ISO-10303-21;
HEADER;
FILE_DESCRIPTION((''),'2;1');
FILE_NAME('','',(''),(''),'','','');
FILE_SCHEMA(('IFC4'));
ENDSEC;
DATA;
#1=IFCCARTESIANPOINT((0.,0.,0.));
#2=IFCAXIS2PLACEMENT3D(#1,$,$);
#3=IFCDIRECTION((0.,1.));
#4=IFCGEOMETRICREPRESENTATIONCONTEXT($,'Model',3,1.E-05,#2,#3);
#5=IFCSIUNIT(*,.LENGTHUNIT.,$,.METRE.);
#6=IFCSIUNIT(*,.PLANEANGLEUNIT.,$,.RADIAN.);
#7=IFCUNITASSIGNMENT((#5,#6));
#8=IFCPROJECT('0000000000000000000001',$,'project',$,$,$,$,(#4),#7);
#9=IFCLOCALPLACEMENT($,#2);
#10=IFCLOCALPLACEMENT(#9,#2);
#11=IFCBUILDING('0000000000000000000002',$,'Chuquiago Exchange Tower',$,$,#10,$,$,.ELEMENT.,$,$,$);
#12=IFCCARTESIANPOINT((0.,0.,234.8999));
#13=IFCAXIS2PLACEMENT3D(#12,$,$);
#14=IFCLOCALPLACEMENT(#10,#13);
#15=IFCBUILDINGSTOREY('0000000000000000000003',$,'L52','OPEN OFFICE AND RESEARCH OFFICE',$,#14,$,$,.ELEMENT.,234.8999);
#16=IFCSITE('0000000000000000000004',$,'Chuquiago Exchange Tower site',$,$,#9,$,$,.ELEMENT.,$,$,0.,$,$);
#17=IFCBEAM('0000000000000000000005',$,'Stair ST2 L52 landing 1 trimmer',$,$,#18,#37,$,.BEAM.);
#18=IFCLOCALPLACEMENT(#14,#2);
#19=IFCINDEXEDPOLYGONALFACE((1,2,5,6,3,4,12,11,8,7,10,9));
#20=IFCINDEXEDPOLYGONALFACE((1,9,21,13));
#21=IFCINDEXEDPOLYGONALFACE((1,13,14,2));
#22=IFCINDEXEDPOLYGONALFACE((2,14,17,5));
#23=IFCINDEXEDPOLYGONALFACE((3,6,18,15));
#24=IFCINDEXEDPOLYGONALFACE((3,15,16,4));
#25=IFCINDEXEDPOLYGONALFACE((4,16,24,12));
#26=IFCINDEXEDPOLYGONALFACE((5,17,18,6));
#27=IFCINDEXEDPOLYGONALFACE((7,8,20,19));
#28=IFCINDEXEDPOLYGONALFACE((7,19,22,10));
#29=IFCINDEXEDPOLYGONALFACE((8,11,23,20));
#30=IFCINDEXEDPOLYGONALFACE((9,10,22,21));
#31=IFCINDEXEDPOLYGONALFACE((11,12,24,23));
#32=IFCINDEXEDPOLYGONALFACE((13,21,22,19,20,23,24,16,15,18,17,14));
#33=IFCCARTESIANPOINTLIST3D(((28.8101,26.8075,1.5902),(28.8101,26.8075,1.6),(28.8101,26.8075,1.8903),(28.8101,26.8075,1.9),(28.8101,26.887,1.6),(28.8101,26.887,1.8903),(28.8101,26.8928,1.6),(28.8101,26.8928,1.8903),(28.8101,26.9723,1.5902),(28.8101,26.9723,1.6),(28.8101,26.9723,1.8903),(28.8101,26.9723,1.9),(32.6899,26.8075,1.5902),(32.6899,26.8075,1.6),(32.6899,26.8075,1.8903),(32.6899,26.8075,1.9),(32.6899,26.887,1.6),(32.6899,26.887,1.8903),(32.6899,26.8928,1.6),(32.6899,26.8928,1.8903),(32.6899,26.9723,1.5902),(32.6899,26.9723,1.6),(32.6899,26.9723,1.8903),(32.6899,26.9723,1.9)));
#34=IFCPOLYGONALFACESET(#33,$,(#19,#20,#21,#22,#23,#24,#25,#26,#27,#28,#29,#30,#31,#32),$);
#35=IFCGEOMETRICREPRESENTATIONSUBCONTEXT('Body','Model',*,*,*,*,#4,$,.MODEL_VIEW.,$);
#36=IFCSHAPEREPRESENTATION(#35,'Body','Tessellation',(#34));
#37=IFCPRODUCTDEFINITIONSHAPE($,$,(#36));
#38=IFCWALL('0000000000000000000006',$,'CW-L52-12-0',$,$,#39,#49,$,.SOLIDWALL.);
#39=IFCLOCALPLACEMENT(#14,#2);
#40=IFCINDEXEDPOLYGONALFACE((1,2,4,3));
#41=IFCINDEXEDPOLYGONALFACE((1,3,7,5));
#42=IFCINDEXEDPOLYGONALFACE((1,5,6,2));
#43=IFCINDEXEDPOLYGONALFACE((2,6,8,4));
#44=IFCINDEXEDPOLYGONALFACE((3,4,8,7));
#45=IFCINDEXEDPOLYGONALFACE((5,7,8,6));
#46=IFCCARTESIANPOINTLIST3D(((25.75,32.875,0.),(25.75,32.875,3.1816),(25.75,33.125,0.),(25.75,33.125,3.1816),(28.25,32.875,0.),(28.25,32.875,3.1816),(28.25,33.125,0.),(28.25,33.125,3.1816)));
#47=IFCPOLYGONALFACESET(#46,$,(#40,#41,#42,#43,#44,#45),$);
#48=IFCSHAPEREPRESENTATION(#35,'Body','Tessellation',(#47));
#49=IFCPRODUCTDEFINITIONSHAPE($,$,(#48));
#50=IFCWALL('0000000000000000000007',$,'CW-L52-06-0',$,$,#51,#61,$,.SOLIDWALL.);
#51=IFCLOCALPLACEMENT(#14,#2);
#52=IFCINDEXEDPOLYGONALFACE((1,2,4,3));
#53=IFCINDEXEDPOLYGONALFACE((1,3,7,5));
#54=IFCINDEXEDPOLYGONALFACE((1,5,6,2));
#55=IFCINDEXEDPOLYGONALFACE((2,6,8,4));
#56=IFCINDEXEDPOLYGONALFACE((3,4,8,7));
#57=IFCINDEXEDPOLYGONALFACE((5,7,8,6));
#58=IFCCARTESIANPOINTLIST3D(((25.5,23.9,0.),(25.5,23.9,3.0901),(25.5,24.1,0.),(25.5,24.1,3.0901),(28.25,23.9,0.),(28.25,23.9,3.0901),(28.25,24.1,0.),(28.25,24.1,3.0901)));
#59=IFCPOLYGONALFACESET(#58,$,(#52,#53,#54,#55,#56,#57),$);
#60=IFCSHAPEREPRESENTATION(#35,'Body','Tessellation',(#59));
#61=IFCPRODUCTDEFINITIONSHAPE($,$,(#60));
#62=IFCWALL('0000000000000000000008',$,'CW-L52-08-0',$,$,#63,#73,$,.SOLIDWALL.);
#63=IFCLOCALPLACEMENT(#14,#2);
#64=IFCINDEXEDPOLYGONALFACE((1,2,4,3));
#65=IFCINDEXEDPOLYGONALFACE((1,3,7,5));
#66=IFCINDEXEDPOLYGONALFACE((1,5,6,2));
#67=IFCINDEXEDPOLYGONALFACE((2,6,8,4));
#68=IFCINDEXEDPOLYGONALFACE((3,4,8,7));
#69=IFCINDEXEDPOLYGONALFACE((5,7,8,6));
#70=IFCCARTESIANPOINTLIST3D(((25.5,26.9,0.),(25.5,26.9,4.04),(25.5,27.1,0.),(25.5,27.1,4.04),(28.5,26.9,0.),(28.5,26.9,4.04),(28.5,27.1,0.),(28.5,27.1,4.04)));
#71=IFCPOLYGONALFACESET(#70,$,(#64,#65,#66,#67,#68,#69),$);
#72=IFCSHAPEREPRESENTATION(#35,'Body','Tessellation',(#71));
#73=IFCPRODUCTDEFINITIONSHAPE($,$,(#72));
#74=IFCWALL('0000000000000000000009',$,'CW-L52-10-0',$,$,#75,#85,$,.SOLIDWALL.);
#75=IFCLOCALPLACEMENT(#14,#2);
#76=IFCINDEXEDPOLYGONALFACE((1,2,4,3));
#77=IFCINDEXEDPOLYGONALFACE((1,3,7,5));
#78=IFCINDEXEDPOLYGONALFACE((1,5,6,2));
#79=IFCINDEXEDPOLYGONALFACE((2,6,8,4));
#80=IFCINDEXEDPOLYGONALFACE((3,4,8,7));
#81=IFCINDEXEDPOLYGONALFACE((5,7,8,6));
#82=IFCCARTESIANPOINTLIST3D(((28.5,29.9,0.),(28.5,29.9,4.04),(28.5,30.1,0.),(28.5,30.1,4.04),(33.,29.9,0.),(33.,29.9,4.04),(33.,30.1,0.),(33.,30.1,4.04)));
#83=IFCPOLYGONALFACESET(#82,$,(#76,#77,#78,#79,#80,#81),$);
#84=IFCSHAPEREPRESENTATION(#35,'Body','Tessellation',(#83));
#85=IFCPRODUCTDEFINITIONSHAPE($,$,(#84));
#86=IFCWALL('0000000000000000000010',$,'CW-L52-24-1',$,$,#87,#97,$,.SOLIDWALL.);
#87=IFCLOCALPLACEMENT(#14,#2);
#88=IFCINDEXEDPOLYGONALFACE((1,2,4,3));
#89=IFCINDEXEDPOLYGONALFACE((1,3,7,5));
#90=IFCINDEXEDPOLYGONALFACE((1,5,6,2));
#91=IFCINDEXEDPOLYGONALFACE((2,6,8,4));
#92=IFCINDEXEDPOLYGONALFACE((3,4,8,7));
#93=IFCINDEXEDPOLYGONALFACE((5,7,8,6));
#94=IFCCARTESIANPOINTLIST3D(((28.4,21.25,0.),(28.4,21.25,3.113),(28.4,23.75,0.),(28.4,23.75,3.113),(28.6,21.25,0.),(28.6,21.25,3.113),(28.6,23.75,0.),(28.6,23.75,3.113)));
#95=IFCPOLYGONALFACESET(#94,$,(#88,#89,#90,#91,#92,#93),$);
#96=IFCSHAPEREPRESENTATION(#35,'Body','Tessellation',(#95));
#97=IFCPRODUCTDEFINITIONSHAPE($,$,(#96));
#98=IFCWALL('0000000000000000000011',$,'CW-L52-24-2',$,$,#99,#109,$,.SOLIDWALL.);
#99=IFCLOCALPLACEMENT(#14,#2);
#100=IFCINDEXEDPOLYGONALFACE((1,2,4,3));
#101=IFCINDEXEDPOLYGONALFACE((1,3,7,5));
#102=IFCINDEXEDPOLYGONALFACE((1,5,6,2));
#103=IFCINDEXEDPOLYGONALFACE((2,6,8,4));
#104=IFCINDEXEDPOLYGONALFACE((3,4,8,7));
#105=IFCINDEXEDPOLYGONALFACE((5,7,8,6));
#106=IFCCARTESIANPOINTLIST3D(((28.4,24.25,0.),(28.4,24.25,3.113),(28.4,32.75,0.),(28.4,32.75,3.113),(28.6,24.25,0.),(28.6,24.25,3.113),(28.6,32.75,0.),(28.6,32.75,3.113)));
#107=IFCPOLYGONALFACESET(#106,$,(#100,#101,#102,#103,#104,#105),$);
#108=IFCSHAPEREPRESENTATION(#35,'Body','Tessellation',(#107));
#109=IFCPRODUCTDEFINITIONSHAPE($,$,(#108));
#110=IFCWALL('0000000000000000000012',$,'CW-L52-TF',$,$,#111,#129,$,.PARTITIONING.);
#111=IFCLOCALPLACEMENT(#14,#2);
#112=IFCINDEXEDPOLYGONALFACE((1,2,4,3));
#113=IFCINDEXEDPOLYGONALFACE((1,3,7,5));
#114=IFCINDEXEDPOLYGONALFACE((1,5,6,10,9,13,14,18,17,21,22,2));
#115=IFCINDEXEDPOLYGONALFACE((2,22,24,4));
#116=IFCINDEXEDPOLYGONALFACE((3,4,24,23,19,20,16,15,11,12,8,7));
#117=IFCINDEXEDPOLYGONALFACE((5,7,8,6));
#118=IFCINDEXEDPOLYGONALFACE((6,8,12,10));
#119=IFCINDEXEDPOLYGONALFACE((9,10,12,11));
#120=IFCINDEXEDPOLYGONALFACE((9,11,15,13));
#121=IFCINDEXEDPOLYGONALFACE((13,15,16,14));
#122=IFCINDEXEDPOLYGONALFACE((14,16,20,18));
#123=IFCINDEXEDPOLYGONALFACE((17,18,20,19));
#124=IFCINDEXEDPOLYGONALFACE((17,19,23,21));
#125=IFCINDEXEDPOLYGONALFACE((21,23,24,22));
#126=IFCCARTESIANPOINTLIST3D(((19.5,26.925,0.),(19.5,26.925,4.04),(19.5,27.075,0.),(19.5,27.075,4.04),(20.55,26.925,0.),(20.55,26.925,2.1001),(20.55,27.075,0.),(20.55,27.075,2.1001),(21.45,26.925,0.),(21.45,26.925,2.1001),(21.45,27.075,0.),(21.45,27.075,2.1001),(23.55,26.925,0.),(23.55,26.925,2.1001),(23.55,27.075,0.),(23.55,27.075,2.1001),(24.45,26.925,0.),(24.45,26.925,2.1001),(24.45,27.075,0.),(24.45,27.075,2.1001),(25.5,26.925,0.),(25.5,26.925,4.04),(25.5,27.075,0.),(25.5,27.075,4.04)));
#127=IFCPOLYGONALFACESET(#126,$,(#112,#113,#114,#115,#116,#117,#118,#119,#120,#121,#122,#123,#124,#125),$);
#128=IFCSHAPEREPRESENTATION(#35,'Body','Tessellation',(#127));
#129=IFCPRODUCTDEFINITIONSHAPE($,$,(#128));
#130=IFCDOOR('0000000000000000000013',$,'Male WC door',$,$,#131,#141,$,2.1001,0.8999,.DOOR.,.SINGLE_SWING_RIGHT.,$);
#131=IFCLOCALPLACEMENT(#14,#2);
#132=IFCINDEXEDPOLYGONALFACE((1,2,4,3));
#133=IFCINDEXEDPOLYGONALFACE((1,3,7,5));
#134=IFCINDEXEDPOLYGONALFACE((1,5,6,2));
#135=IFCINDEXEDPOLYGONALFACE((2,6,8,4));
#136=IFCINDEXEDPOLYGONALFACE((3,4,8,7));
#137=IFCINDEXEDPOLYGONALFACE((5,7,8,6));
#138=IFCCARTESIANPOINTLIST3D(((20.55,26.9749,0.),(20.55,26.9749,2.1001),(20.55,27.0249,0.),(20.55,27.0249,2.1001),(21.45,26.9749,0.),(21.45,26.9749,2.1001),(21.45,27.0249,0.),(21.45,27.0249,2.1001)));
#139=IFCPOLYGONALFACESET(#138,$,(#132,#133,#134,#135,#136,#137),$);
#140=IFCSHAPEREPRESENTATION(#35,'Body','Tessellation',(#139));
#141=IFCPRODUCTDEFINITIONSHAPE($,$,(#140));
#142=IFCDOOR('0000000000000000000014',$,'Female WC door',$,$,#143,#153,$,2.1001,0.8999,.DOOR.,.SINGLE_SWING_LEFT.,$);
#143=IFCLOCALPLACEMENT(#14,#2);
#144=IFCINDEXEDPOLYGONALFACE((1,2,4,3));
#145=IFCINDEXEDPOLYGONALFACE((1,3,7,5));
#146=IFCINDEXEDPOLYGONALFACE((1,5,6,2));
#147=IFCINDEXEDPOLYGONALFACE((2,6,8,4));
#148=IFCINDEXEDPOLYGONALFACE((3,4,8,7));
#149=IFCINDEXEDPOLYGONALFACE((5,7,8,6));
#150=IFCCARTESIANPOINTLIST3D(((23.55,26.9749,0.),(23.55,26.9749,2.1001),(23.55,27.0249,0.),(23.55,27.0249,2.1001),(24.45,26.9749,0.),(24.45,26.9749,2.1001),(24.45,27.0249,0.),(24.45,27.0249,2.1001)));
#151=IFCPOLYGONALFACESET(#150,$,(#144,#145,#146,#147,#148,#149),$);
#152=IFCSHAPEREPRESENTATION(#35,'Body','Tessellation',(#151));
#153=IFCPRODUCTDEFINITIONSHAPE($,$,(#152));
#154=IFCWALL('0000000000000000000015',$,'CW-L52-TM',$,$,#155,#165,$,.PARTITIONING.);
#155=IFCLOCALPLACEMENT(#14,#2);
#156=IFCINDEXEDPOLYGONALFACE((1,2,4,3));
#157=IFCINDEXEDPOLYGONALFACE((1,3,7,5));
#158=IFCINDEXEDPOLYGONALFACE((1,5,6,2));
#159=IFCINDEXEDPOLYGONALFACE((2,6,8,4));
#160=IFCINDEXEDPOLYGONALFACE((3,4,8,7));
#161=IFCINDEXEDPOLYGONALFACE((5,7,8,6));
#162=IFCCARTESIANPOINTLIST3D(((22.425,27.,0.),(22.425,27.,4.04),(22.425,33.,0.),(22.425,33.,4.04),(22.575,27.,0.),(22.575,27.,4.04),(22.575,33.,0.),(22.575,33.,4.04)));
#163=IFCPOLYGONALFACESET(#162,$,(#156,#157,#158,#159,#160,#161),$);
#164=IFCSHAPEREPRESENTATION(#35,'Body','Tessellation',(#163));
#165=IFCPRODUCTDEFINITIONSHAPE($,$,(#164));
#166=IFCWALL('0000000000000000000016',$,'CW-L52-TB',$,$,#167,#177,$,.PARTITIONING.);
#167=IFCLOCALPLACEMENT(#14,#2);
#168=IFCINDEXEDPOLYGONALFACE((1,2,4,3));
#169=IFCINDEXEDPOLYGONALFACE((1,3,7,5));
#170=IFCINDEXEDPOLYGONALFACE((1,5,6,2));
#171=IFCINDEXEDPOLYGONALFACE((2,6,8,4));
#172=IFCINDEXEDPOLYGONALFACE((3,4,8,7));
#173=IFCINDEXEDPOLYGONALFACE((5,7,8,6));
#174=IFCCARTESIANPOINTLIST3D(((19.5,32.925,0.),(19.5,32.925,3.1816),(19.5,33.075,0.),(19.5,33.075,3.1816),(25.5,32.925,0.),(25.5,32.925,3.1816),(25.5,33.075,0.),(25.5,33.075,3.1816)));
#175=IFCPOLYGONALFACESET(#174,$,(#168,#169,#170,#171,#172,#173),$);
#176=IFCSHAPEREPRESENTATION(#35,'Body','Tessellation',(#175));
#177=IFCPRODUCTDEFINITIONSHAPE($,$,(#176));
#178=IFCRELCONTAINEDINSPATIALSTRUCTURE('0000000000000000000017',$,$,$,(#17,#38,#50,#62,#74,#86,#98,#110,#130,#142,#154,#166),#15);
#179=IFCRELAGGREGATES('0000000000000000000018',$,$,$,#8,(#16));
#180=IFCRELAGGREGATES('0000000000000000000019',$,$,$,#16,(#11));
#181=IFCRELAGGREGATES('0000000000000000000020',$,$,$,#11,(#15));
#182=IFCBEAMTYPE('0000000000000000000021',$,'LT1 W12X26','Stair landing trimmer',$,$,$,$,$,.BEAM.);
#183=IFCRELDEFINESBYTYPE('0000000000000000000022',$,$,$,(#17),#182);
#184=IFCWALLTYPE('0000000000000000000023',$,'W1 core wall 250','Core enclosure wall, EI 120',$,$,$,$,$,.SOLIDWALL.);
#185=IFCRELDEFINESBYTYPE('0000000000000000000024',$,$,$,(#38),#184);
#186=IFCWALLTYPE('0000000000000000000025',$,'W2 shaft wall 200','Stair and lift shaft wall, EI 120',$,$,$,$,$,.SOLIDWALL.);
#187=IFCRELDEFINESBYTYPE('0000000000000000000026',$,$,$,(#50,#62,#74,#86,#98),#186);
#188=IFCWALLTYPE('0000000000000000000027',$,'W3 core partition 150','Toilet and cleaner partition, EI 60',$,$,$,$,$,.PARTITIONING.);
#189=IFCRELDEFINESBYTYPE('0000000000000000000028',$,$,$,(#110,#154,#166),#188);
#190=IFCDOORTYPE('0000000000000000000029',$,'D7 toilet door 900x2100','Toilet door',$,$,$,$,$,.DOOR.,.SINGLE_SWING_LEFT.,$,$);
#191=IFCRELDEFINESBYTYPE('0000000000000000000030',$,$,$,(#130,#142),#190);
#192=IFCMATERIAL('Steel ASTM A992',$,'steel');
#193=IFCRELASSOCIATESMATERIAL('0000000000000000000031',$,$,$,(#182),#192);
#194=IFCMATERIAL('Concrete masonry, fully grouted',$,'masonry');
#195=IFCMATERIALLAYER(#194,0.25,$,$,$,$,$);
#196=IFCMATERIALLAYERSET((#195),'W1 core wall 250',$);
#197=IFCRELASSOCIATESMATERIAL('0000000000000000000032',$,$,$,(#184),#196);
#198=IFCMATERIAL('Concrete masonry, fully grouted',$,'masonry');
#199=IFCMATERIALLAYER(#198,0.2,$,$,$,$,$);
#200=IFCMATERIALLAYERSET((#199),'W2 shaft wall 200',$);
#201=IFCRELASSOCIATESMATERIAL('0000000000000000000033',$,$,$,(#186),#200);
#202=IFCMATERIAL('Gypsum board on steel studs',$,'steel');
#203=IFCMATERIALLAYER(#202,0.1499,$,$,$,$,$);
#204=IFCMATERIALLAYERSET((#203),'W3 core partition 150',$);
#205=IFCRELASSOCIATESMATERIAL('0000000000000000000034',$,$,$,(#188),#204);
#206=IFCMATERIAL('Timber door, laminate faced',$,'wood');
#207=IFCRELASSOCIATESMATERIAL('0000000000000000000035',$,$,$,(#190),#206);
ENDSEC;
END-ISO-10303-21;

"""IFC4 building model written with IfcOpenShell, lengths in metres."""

from ifc_helpers import new_model, si_unit, direction, frame, frame_2d, origin, origin_2d, place, context, subcontext, project, spatial, rectangle, i_section, extrude, material, layer, layer_set, material_profile, profile_set, type_object, element, fill, save


model = new_model("IFC4")

# Units and contexts
model_context = context("Model", 3, precision=1e-05, world=origin(), true_north=direction((0.0, 1.0)))
body_context = subcontext(model_context, "Body", "Model", "MODEL_VIEW")
ifc_project = project(units=[si_unit("LENGTHUNIT", "METRE"), si_unit("PLANEANGLEUNIT", "RADIAN")], contexts=[model_context])

# Site, building, storey
site_placement = place(None, origin())
site = spatial("IfcSite", under=ifc_project, at=site_placement, Name="Chuquiago Exchange Tower site", CompositionType="ELEMENT", RefElevation=0.0)
building_placement = place(site_placement, origin())
building = spatial("IfcBuilding", under=site, at=building_placement, Name="Chuquiago Exchange Tower", CompositionType="ELEMENT")
storey_placement = place(building_placement, frame((0.0, 0.0, 234.8999)))
storey = spatial("IfcBuildingStorey", under=building, at=storey_placement, Name="L52", Description="OPEN OFFICE AND RESEARCH OFFICE", CompositionType="ELEMENT", Elevation=234.8999)

# Beam
ifc_material_1 = material(Name="Steel ASTM A992", Category="steel")
ifc_material_profile_1 = material_profile(ifc_material_1, i_section(OverallWidth=0.1648, OverallDepth=0.3098, WebThickness=0.0059, FlangeThickness=0.0098, at=origin_2d()), Name="W12X26")
ifc_profile_set_1 = profile_set([ifc_material_profile_1], Name="Steel ASTM A992")
beam_type_1 = type_object("IfcBeamType", Name="LT1 W12X26", Description="Stair landing trimmer", PredefinedType="BEAM", material=ifc_profile_set_1)
for number, where, z_axis, x_axis, name in (
    (1, (28.8101, 26.8899, 1.7451), (1.0, 0.0, 0.0), (0.0, 1.0, 0.0), "Stair ST2 L52 landing 1 trimmer"),
):
    element("IfcBeam", number, at=place(storey_placement, frame(where, z_axis=z_axis, x_axis=x_axis)), inside=storey, type_object=beam_type_1, Name=name, PredefinedType="BEAM", context=body_context, shape_type="SweptSolid", body=[
        extrude(i_section(OverallWidth=0.1648, OverallDepth=0.3098, WebThickness=0.0059, FlangeThickness=0.0098, at=origin_2d()), origin(), (0.0, 0.0, 1.0), 3.8799),
    ])

# Walls
ifc_material_2 = material(Name="Concrete masonry, fully grouted", Category="masonry")
ifc_layer_1 = layer(ifc_material_2, 0.25)
ifc_layer_set_1 = layer_set([ifc_layer_1], Name="W1 core wall 250")
wall_type_1 = type_object("IfcWallType", Name="W1 core wall 250", Description="Core enclosure wall, EI 120", PredefinedType="SOLIDWALL", material=ifc_layer_set_1)
wall_1_placement = place(storey_placement, frame((25.75, 33.0, 0.0), z_axis=(0.0, 0.0, 1.0), x_axis=(1.0, 0.0, 0.0)))
element("IfcWall", 2, at=wall_1_placement, inside=storey, type_object=wall_type_1, Name="CW-L52-12-0", PredefinedType="SOLIDWALL", context=body_context, shape_type="SweptSolid", body=[
    extrude(rectangle(XDim=2.5, YDim=0.25, at=frame_2d((1.25, 0.0))), origin(), (0.0, 0.0, 1.0), 3.1816),
])
ifc_material_3 = material(Name="Concrete masonry, fully grouted", Category="masonry")
ifc_layer_2 = layer(ifc_material_3, 0.2)
ifc_layer_set_2 = layer_set([ifc_layer_2], Name="W2 shaft wall 200")
wall_type_2 = type_object("IfcWallType", Name="W2 shaft wall 200", Description="Stair and lift shaft wall, EI 120", PredefinedType="SOLIDWALL", material=ifc_layer_set_2)
wall_2_placement = place(storey_placement, frame((25.5, 24.0, 0.0), z_axis=(0.0, 0.0, 1.0), x_axis=(1.0, 0.0, 0.0)))
element("IfcWall", 3, at=wall_2_placement, inside=storey, type_object=wall_type_2, Name="CW-L52-06-0", PredefinedType="SOLIDWALL", context=body_context, shape_type="SweptSolid", body=[
    extrude(rectangle(XDim=2.75, YDim=0.2, at=frame_2d((1.375, 0.0))), origin(), (0.0, 0.0, 1.0), 3.0901),
])
wall_3_placement = place(storey_placement, frame((25.5, 27.0, 0.0), z_axis=(0.0, 0.0, 1.0), x_axis=(1.0, 0.0, 0.0)))
element("IfcWall", 4, at=wall_3_placement, inside=storey, type_object=wall_type_2, Name="CW-L52-08-0", PredefinedType="SOLIDWALL", context=body_context, shape_type="SweptSolid", body=[
    extrude(rectangle(XDim=3.0, YDim=0.2, at=frame_2d((1.5, 0.0))), origin(), (0.0, 0.0, 1.0), 4.04),
])
wall_4_placement = place(storey_placement, frame((28.5, 30.0, 0.0), z_axis=(0.0, 0.0, 1.0), x_axis=(1.0, 0.0, 0.0)))
element("IfcWall", 5, at=wall_4_placement, inside=storey, type_object=wall_type_2, Name="CW-L52-10-0", PredefinedType="SOLIDWALL", context=body_context, shape_type="SweptSolid", body=[
    extrude(rectangle(XDim=4.5, YDim=0.2, at=frame_2d((2.25, 0.0))), origin(), (0.0, 0.0, 1.0), 4.04),
])
wall_5_placement = place(storey_placement, frame((28.5, 21.25, 0.0), z_axis=(0.0, 0.0, 1.0), x_axis=(0.0, 1.0, 0.0)))
element("IfcWall", 6, at=wall_5_placement, inside=storey, type_object=wall_type_2, Name="CW-L52-24-1", PredefinedType="SOLIDWALL", context=body_context, shape_type="SweptSolid", body=[
    extrude(rectangle(XDim=2.5, YDim=0.2, at=frame_2d((1.25, 0.0))), origin(), (0.0, 0.0, 1.0), 3.113),
])
wall_6_placement = place(storey_placement, frame((28.5, 24.25, 0.0), z_axis=(0.0, 0.0, 1.0), x_axis=(0.0, 1.0, 0.0)))
element("IfcWall", 7, at=wall_6_placement, inside=storey, type_object=wall_type_2, Name="CW-L52-24-2", PredefinedType="SOLIDWALL", context=body_context, shape_type="SweptSolid", body=[
    extrude(rectangle(XDim=8.5, YDim=0.2, at=frame_2d((4.25, 0.0))), origin(), (0.0, 0.0, 1.0), 3.113),
])

# Wall, openings, doors
ifc_material_4 = material(Name="Gypsum board on steel studs", Category="steel")
ifc_layer_3 = layer(ifc_material_4, 0.1499)
ifc_layer_set_3 = layer_set([ifc_layer_3], Name="W3 core partition 150")
wall_type_3 = type_object("IfcWallType", Name="W3 core partition 150", Description="Toilet and cleaner partition, EI 60", PredefinedType="PARTITIONING", material=ifc_layer_set_3)
wall_7_placement = place(storey_placement, frame((19.5, 27.0, 0.0), z_axis=(0.0, 0.0, 1.0), x_axis=(1.0, 0.0, 0.0)))
wall_7 = element("IfcWall", 8, at=wall_7_placement, inside=storey, type_object=wall_type_3, Name="CW-L52-TF", PredefinedType="PARTITIONING", context=body_context, shape_type="SweptSolid", body=[
    extrude(rectangle(XDim=6.0, YDim=0.1499, at=frame_2d((3.0, 0.0))), origin(), (0.0, 0.0, 1.0), 4.04),
])
opening_1_placement = place(wall_7_placement, frame((1.05, 0.0, 0.0)))
opening_1 = element("IfcOpeningElement", 9, at=opening_1_placement, cuts=wall_7, PredefinedType="OPENING", context=body_context, shape_type="SweptSolid", body=[
    extrude(rectangle(XDim=0.8999, YDim=2.1001, at=frame_2d((0.45, 1.05))), frame((0.0, 0.085, 0.0), z_axis=(0.0, -1.0, 0.0), x_axis=(1.0, 0.0, 0.0)), (0.0, 0.0, 1.0), 0.1699),
])
opening_2_placement = place(wall_7_placement, frame((4.05, 0.0, 0.0)))
opening_2 = element("IfcOpeningElement", 10, at=opening_2_placement, cuts=wall_7, PredefinedType="OPENING", context=body_context, shape_type="SweptSolid", body=[
    extrude(rectangle(XDim=0.8999, YDim=2.1001, at=frame_2d((0.45, 1.05))), frame((0.0, 0.085, 0.0), z_axis=(0.0, -1.0, 0.0), x_axis=(1.0, 0.0, 0.0)), (0.0, 0.0, 1.0), 0.1699),
])
ifc_material_5 = material(Name="Timber door, laminate faced", Category="wood")
door_type = type_object("IfcDoorType", Name="D7 toilet door 900x2100", Description="Toilet door", OperationType="SINGLE_SWING_LEFT", PredefinedType="DOOR", material=ifc_material_5)
door_1_placement = place(opening_1_placement, origin())
door_1 = element("IfcDoor", 11, at=door_1_placement, inside=storey, type_object=door_type, Name="Male WC door", OperationType="SINGLE_SWING_RIGHT", OverallHeight=2.1001, OverallWidth=0.8999, PredefinedType="DOOR", context=body_context, shape_type="SweptSolid", body=[
    extrude(rectangle(XDim=0.8999, YDim=2.1001, at=frame_2d((0.45, 1.05))), frame((0.0, 0.0249, 0.0), z_axis=(0.0, -1.0, 0.0), x_axis=(1.0, 0.0, 0.0)), (0.0, 0.0, 1.0), 0.05),
])
fill(opening_1, door_1)
door_2_placement = place(opening_2_placement, origin())
door_2 = element("IfcDoor", 12, at=door_2_placement, inside=storey, type_object=door_type, Name="Female WC door", OperationType="SINGLE_SWING_LEFT", OverallHeight=2.1001, OverallWidth=0.8999, PredefinedType="DOOR", context=body_context, shape_type="SweptSolid", body=[
    extrude(rectangle(XDim=0.8999, YDim=2.1001, at=frame_2d((0.45, 1.05))), frame((0.0, 0.0249, 0.0), z_axis=(0.0, -1.0, 0.0), x_axis=(1.0, 0.0, 0.0)), (0.0, 0.0, 1.0), 0.05),
])
fill(opening_2, door_2)

# Walls
wall_8_placement = place(storey_placement, frame((22.5, 27.0, 0.0), z_axis=(0.0, 0.0, 1.0), x_axis=(0.0, 1.0, 0.0)))
element("IfcWall", 13, at=wall_8_placement, inside=storey, type_object=wall_type_3, Name="CW-L52-TM", PredefinedType="PARTITIONING", context=body_context, shape_type="SweptSolid", body=[
    extrude(rectangle(XDim=6.0, YDim=0.1499, at=frame_2d((3.0, 0.0))), origin(), (0.0, 0.0, 1.0), 4.04),
])
wall_9_placement = place(storey_placement, frame((19.5, 33.0, 0.0), z_axis=(0.0, 0.0, 1.0), x_axis=(1.0, 0.0, 0.0)))
element("IfcWall", 14, at=wall_9_placement, inside=storey, type_object=wall_type_3, Name="CW-L52-TB", PredefinedType="PARTITIONING", context=body_context, shape_type="SweptSolid", body=[
    extrude(rectangle(XDim=6.0, YDim=0.1499, at=frame_2d((3.0, 0.0))), origin(), (0.0, 0.0, 1.0), 3.1816),
])

save(model, "model.ifc")
